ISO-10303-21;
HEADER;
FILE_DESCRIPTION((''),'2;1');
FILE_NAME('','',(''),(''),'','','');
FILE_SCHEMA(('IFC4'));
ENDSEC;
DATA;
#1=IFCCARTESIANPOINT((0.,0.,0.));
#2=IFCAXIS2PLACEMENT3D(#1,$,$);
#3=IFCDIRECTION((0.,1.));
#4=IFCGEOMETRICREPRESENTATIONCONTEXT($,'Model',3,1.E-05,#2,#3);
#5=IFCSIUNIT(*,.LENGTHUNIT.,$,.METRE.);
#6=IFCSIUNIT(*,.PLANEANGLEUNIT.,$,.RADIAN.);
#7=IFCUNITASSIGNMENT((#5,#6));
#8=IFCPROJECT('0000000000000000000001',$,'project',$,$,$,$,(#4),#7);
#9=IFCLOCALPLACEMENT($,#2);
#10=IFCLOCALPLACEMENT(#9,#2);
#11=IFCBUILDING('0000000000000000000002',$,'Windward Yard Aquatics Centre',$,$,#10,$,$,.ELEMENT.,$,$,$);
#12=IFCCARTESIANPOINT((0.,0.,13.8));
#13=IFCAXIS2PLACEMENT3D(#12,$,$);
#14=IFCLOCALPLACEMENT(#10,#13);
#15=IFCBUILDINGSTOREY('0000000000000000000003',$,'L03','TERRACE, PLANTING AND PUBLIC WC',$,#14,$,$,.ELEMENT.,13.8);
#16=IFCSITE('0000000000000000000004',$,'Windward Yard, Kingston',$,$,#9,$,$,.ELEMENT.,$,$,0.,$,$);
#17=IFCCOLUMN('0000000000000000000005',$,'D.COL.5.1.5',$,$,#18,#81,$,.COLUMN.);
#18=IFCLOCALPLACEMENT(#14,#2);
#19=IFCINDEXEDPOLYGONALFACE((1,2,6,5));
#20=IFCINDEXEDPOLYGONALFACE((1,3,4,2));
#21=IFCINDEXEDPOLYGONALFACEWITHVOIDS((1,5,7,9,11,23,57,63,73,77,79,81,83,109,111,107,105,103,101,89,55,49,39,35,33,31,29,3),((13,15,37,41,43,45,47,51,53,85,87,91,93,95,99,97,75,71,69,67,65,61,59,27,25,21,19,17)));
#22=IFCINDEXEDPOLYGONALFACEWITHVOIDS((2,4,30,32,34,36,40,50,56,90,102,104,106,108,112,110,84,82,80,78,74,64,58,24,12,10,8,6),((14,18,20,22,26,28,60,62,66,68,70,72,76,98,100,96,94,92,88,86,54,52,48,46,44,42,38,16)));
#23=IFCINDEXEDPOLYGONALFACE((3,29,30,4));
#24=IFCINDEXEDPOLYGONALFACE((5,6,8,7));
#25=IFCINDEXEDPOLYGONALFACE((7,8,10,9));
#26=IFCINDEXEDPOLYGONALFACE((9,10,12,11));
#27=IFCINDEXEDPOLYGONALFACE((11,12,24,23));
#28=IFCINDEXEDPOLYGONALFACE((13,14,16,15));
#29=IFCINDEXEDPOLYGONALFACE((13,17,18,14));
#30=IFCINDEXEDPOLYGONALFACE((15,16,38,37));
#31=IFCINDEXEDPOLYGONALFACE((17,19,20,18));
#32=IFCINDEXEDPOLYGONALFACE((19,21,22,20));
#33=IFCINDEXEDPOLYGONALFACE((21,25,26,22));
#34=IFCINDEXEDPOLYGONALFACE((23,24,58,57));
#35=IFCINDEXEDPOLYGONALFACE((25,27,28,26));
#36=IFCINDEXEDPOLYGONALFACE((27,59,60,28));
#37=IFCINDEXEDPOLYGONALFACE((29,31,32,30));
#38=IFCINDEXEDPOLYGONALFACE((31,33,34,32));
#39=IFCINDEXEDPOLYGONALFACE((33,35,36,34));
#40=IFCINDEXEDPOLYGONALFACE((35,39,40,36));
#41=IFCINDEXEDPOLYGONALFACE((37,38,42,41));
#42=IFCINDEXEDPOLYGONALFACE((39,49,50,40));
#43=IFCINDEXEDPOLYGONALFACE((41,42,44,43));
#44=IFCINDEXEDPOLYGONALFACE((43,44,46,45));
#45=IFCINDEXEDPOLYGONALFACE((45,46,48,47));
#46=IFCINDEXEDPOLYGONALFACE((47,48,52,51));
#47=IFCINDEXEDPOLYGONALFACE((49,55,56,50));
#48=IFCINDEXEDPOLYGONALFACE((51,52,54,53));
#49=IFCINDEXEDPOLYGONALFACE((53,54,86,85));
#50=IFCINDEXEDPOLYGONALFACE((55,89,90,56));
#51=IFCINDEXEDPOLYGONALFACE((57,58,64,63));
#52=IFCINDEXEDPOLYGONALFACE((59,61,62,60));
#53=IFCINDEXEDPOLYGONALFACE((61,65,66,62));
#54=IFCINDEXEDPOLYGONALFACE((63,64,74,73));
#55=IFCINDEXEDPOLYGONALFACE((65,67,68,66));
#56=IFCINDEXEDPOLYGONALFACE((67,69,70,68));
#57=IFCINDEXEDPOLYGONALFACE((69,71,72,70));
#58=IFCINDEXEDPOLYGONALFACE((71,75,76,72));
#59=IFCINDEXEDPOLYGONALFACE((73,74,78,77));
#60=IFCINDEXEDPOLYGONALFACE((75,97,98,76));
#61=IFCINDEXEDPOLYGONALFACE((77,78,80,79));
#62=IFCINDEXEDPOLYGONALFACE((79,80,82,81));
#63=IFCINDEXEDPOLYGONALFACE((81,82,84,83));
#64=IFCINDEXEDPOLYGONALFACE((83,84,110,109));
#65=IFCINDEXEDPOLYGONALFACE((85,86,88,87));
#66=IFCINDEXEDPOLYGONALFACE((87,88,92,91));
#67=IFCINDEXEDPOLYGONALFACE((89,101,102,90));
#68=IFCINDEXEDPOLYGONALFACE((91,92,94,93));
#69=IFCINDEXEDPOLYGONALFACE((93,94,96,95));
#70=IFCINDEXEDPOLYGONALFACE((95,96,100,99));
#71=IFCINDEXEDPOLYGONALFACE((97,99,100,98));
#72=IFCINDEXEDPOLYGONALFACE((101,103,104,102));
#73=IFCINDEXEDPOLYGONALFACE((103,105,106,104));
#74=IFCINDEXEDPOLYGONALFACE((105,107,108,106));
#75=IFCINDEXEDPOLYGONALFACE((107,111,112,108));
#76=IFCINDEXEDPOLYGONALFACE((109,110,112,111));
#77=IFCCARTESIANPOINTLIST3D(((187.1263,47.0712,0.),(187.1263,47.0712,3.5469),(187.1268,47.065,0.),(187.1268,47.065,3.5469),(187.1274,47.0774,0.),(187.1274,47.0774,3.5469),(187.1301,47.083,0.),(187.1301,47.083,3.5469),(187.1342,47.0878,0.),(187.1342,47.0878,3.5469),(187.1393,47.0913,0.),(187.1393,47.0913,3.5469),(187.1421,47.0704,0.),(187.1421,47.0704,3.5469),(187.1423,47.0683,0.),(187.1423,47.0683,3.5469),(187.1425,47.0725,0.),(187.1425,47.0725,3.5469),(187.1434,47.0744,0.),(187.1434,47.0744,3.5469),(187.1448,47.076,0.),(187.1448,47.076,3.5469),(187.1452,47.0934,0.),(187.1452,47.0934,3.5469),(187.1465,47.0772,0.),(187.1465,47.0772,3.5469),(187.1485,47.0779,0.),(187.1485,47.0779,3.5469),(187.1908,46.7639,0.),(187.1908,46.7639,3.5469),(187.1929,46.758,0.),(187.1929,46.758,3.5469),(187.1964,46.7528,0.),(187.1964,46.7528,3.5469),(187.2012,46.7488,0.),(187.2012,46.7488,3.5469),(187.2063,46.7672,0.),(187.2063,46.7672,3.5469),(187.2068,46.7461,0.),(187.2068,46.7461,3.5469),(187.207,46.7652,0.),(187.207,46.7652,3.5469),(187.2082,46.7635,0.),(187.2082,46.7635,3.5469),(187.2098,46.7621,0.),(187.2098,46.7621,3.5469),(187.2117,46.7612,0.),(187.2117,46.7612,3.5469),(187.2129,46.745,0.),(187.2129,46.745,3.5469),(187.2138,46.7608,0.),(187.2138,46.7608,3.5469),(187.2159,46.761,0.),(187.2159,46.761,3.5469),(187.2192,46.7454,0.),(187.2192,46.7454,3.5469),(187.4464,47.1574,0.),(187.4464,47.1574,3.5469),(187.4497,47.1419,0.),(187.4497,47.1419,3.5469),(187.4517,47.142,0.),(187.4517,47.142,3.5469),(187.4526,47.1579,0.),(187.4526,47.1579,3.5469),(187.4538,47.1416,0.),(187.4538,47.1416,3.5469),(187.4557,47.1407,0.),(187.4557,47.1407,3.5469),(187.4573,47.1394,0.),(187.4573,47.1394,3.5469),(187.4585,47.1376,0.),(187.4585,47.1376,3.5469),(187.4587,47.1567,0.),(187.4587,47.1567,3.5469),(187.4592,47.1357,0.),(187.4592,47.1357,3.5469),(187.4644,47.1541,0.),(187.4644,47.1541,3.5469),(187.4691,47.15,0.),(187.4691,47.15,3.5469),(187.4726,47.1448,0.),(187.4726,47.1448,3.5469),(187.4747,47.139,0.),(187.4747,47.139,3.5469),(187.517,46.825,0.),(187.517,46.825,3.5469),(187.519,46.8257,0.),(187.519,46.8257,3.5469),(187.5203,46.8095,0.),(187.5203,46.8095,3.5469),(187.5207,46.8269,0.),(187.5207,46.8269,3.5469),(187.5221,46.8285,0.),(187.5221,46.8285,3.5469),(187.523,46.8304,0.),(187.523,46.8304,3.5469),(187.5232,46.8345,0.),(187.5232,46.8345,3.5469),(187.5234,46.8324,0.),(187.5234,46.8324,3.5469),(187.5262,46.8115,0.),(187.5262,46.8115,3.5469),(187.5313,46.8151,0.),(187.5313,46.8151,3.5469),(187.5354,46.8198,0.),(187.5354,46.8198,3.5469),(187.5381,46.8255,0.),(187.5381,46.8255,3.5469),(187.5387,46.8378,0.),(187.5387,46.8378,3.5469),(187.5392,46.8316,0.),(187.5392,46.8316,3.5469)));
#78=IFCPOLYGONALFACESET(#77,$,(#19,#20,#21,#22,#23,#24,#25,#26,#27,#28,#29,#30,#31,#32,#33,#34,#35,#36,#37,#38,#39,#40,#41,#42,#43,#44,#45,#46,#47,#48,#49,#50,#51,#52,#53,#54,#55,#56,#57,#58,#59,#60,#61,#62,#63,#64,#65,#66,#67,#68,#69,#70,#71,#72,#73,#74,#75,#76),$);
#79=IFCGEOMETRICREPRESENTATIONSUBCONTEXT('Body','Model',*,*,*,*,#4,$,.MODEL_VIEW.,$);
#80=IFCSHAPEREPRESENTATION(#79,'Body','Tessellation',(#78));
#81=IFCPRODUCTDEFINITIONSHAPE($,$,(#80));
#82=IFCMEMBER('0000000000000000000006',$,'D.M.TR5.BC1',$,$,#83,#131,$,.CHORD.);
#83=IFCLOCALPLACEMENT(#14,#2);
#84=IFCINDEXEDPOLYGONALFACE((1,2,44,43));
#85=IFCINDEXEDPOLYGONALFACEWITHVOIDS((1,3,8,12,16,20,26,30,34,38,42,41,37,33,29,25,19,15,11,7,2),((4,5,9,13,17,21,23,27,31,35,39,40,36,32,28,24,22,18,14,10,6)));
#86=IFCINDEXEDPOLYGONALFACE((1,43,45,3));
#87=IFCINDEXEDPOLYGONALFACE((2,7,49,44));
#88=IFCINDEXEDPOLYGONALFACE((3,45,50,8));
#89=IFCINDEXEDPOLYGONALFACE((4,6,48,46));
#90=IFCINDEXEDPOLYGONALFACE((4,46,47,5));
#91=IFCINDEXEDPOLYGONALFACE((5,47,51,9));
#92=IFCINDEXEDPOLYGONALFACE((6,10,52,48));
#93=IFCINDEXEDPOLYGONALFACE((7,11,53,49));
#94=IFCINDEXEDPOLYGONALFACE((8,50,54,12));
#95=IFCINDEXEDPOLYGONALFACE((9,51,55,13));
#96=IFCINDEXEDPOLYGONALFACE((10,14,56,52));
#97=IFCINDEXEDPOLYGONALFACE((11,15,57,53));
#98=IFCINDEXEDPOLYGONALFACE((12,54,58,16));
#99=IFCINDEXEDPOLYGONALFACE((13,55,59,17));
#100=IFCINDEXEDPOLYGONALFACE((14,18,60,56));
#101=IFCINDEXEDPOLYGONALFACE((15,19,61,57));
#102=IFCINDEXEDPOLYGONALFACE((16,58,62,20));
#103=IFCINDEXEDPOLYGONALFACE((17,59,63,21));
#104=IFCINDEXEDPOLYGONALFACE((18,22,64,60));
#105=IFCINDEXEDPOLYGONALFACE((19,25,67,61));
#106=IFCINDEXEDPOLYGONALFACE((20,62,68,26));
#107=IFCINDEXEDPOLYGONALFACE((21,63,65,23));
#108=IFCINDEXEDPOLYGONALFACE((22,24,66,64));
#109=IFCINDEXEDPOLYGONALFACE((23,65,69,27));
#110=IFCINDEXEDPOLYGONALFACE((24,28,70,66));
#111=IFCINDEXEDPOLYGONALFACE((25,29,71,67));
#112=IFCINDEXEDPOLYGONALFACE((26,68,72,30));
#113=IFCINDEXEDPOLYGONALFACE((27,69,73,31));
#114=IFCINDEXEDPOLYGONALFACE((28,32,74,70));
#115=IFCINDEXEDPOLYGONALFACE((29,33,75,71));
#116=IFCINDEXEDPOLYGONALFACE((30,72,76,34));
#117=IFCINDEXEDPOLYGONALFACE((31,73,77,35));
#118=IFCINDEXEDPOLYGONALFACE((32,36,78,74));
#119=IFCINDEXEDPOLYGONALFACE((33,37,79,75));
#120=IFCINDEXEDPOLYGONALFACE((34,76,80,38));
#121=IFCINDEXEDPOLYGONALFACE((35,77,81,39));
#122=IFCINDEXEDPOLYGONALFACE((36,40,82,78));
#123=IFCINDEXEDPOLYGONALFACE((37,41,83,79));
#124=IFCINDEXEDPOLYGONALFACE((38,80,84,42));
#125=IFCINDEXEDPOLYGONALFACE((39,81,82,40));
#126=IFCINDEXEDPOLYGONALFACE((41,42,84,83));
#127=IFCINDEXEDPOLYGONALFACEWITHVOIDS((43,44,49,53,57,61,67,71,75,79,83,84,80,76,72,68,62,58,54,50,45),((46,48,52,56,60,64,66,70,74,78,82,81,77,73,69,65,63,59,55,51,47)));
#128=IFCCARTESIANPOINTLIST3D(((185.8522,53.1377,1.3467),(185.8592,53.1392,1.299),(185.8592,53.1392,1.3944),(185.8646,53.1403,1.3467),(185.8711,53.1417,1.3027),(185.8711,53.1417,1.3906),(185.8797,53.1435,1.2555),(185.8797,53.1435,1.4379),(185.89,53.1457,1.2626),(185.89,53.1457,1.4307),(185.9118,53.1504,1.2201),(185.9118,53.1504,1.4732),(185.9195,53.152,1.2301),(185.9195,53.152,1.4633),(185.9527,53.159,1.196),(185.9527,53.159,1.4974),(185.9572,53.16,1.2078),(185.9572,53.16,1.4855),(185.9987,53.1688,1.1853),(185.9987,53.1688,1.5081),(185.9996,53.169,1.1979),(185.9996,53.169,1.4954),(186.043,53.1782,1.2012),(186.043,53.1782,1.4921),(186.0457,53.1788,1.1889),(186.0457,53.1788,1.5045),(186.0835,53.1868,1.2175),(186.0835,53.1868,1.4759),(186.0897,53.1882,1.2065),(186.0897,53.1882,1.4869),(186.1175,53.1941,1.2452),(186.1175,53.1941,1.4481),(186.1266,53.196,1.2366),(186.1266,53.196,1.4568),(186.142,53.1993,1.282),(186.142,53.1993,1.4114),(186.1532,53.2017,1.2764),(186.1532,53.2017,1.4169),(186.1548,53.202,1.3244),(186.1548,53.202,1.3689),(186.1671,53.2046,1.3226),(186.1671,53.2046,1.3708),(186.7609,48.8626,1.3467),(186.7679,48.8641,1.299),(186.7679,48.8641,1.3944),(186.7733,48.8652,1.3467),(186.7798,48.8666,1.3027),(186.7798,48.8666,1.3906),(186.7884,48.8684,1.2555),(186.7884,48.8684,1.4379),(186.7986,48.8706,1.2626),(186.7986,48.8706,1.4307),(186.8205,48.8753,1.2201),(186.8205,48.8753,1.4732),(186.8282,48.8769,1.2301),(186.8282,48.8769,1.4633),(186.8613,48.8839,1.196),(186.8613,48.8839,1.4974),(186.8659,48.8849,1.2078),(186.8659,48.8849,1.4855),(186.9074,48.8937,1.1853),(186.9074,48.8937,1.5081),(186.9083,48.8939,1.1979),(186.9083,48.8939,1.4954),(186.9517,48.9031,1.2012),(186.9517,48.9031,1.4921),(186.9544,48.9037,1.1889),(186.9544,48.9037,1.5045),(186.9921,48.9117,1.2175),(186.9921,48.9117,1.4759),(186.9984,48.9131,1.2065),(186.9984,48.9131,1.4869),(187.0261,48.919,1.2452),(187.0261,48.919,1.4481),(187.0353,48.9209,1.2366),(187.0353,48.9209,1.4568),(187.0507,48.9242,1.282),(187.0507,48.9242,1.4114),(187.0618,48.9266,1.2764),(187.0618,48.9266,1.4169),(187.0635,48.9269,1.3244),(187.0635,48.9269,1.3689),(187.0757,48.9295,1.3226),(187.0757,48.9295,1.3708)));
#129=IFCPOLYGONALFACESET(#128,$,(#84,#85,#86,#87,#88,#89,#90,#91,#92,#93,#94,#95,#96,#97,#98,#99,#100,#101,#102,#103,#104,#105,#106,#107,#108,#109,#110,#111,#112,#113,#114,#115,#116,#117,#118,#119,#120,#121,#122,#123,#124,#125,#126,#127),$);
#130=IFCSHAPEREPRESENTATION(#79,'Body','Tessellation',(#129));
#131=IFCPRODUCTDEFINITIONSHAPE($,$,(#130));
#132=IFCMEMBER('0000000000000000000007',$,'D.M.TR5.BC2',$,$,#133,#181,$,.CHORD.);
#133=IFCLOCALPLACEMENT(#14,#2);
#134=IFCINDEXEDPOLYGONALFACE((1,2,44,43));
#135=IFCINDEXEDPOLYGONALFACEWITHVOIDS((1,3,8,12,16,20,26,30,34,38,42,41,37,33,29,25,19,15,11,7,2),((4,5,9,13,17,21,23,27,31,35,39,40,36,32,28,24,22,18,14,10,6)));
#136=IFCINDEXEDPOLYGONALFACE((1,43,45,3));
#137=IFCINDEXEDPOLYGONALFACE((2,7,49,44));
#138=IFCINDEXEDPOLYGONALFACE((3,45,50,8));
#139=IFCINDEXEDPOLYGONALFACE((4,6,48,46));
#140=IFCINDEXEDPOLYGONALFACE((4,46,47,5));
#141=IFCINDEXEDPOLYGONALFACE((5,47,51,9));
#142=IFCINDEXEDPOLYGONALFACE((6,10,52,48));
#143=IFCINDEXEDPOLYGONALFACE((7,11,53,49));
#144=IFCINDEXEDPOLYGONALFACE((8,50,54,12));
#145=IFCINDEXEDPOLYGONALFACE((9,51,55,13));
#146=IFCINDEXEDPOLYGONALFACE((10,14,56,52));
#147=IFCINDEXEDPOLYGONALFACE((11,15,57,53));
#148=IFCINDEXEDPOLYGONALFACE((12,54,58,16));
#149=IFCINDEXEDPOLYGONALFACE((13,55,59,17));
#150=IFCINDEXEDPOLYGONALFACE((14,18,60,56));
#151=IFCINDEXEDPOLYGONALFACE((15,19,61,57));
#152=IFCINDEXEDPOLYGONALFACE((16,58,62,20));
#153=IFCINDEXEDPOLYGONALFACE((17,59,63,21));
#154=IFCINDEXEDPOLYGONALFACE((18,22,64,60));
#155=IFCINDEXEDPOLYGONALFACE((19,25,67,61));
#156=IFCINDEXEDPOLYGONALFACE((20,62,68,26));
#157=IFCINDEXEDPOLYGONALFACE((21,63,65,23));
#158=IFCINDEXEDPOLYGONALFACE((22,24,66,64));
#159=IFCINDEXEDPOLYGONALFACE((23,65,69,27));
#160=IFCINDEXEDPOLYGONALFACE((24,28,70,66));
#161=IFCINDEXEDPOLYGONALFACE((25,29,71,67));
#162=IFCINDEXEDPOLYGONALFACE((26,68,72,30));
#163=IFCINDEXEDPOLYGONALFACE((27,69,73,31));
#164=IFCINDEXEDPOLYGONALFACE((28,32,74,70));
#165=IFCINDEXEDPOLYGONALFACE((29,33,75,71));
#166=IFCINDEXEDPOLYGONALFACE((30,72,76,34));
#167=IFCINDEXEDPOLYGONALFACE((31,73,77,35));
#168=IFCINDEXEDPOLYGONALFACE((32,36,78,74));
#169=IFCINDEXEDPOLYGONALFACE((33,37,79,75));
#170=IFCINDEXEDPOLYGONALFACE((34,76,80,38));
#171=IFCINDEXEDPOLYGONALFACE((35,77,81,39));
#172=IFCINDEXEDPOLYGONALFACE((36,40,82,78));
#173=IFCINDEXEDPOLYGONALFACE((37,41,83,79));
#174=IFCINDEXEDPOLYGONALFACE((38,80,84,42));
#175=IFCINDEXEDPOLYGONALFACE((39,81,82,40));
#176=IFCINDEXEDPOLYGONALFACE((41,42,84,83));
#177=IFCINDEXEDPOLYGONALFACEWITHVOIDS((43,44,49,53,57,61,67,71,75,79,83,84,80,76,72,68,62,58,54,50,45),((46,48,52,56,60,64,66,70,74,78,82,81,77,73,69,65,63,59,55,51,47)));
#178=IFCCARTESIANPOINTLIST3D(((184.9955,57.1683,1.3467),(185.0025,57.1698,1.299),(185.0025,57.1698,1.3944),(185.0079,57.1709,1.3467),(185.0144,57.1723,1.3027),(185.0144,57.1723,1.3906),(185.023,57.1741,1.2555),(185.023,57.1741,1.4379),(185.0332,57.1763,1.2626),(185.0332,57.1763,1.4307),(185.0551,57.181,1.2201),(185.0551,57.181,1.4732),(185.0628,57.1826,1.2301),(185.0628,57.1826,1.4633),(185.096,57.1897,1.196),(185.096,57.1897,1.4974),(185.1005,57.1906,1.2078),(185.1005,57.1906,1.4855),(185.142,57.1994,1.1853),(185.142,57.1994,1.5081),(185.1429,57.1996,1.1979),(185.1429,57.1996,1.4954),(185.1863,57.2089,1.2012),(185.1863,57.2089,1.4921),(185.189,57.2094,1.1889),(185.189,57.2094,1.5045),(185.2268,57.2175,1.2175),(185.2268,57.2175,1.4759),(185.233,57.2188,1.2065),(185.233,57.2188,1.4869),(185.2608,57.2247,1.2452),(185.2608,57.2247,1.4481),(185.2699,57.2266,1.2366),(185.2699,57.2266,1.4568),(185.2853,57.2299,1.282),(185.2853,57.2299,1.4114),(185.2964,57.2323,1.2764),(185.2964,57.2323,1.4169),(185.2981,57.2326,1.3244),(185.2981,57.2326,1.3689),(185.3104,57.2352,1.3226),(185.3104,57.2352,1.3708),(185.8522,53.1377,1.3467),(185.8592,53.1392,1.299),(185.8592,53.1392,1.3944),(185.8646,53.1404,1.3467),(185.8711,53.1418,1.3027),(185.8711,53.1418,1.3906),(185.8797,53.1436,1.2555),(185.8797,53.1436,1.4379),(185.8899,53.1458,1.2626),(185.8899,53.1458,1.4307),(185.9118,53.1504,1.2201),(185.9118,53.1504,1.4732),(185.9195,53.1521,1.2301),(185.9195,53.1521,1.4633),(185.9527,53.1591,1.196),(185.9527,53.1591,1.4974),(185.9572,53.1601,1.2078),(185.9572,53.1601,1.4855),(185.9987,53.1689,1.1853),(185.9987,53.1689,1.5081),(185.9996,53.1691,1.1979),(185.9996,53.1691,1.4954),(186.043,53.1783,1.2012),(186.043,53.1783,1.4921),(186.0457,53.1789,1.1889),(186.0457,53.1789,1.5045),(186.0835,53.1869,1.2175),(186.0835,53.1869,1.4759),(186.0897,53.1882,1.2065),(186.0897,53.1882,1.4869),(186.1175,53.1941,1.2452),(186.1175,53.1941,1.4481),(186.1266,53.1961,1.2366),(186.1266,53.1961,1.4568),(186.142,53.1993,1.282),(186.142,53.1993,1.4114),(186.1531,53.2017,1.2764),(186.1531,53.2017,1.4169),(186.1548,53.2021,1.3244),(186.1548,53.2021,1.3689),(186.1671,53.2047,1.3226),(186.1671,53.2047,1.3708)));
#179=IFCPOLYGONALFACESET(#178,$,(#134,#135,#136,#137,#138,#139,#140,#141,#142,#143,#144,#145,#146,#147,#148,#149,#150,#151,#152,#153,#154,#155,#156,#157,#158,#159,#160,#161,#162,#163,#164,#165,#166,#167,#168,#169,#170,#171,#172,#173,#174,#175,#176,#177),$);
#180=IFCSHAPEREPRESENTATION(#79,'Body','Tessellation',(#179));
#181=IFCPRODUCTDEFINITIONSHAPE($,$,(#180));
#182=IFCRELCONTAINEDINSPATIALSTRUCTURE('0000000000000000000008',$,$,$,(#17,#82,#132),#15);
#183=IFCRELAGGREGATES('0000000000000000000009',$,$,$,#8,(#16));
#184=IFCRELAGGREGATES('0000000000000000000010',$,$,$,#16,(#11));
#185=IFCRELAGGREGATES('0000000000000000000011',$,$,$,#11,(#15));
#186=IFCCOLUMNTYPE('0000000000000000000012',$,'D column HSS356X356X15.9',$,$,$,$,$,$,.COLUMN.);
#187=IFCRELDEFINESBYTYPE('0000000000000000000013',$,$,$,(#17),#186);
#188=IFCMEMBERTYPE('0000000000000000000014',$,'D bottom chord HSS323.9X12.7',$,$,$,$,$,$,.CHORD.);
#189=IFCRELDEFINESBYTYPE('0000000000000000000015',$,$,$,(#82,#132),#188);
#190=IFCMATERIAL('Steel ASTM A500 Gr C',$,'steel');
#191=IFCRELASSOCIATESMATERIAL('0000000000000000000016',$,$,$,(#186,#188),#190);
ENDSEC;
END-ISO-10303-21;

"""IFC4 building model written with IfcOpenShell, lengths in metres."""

from ifc_helpers import new_model, si_unit, direction, frame, origin, origin_2d, place, context, subcontext, project, spatial, hollow_rectangle, hollow_circle, extrude, material, material_profile, profile_set, type_object, element, save


model = new_model("IFC4")

# Units and contexts
model_context = context("Model", 3, precision=1e-05, world=origin(), true_north=direction((0.0, 1.0)))
body_context = subcontext(model_context, "Body", "Model", "MODEL_VIEW")
ifc_project = project(units=[si_unit("LENGTHUNIT", "METRE"), si_unit("PLANEANGLEUNIT", "RADIAN")], contexts=[model_context])

# Site, building, storey
site_placement = place(None, origin())
site = spatial("IfcSite", under=ifc_project, at=site_placement, Name="Windward Yard, Kingston", CompositionType="ELEMENT", RefElevation=0.0)
building_placement = place(site_placement, origin())
building = spatial("IfcBuilding", under=site, at=building_placement, Name="Windward Yard Aquatics Centre", CompositionType="ELEMENT")
storey_placement = place(building_placement, frame((0.0, 0.0, 13.8)))
storey = spatial("IfcBuildingStorey", under=building, at=storey_placement, Name="L03", Description="TERRACE, PLANTING AND PUBLIC WC", CompositionType="ELEMENT", Elevation=13.8)

# Column
ifc_material_1 = material(Name="Steel ASTM A500 Gr C", Category="steel")
ifc_material_profile_1 = material_profile(ifc_material_1, hollow_rectangle(XDim=0.3557, YDim=0.3557, WallThickness=0.0159, InnerFilletRadius=0.0081, OuterFilletRadius=0.0239, at=origin_2d()), Name="HSS356X356X15.9")
ifc_profile_set_1 = profile_set([ifc_material_profile_1], Name="Steel ASTM A500 Gr C")
column_type = type_object("IfcColumnType", Name="D column HSS356X356X15.9", PredefinedType="COLUMN", material=ifc_profile_set_1)
column_placement = place(storey_placement, frame((187.3328, 46.9514, 0.0), z_axis=(0.0, 0.0, 1.0), x_axis=(0.978148, 0.207912, 0.0)))
element("IfcColumn", 1, at=column_placement, inside=storey, type_object=column_type, Name="D.COL.5.1.5", PredefinedType="COLUMN", context=body_context, shape_type="SweptSolid", body=[
    extrude(hollow_rectangle(XDim=0.3557, YDim=0.3557, WallThickness=0.0159, InnerFilletRadius=0.0081, OuterFilletRadius=0.0239, at=origin_2d()), origin(), (0.0, 0.0, 1.0), 3.5469),
])

# Members
ifc_material_profile_2 = material_profile(ifc_material_1, hollow_circle(Radius=0.1619, WallThickness=0.0127, at=origin_2d()), Name="HSS323.9X12.7")
ifc_profile_set_2 = profile_set([ifc_material_profile_2], Name="Steel ASTM A500 Gr C")
member_type_1 = type_object("IfcMemberType", Name="D bottom chord HSS323.9X12.7", PredefinedType="CHORD", material=ifc_profile_set_2)
member_placement = place(storey_placement, frame((186.9192, 48.8962, 1.3467), z_axis=(-0.207908, 0.978148, 0.0), x_axis=(-0.978148, -0.207908, 0.0)))
element("IfcMember", 2, at=member_placement, inside=storey, type_object=member_type_1, Name="D.M.TR5.BC1", PredefinedType="CHORD", context=body_context, shape_type="SweptSolid", body=[
    extrude(hollow_circle(Radius=0.1619, WallThickness=0.0127, at=origin_2d()), origin(), (0.0, 0.0, 1.0), 4.3706),
])
for number, where, z_axis, x_axis, name in (
    (3, (186.0105, 53.1714, 1.3467), (-0.207906, 0.978149, 0.0), (-0.978149, -0.207906, 0.0), "D.M.TR5.BC2"),
):
    element("IfcMember", number, at=place(storey_placement, frame(where, z_axis=z_axis, x_axis=x_axis)), inside=storey, type_object=member_type_1, Name=name, PredefinedType="CHORD", context=body_context, shape_type="SweptSolid", body=[
        extrude(hollow_circle(Radius=0.1619, WallThickness=0.0127, at=origin_2d()), origin(), (0.0, 0.0, 1.0), 4.1206),
    ])

save(model, "model.ifc")
